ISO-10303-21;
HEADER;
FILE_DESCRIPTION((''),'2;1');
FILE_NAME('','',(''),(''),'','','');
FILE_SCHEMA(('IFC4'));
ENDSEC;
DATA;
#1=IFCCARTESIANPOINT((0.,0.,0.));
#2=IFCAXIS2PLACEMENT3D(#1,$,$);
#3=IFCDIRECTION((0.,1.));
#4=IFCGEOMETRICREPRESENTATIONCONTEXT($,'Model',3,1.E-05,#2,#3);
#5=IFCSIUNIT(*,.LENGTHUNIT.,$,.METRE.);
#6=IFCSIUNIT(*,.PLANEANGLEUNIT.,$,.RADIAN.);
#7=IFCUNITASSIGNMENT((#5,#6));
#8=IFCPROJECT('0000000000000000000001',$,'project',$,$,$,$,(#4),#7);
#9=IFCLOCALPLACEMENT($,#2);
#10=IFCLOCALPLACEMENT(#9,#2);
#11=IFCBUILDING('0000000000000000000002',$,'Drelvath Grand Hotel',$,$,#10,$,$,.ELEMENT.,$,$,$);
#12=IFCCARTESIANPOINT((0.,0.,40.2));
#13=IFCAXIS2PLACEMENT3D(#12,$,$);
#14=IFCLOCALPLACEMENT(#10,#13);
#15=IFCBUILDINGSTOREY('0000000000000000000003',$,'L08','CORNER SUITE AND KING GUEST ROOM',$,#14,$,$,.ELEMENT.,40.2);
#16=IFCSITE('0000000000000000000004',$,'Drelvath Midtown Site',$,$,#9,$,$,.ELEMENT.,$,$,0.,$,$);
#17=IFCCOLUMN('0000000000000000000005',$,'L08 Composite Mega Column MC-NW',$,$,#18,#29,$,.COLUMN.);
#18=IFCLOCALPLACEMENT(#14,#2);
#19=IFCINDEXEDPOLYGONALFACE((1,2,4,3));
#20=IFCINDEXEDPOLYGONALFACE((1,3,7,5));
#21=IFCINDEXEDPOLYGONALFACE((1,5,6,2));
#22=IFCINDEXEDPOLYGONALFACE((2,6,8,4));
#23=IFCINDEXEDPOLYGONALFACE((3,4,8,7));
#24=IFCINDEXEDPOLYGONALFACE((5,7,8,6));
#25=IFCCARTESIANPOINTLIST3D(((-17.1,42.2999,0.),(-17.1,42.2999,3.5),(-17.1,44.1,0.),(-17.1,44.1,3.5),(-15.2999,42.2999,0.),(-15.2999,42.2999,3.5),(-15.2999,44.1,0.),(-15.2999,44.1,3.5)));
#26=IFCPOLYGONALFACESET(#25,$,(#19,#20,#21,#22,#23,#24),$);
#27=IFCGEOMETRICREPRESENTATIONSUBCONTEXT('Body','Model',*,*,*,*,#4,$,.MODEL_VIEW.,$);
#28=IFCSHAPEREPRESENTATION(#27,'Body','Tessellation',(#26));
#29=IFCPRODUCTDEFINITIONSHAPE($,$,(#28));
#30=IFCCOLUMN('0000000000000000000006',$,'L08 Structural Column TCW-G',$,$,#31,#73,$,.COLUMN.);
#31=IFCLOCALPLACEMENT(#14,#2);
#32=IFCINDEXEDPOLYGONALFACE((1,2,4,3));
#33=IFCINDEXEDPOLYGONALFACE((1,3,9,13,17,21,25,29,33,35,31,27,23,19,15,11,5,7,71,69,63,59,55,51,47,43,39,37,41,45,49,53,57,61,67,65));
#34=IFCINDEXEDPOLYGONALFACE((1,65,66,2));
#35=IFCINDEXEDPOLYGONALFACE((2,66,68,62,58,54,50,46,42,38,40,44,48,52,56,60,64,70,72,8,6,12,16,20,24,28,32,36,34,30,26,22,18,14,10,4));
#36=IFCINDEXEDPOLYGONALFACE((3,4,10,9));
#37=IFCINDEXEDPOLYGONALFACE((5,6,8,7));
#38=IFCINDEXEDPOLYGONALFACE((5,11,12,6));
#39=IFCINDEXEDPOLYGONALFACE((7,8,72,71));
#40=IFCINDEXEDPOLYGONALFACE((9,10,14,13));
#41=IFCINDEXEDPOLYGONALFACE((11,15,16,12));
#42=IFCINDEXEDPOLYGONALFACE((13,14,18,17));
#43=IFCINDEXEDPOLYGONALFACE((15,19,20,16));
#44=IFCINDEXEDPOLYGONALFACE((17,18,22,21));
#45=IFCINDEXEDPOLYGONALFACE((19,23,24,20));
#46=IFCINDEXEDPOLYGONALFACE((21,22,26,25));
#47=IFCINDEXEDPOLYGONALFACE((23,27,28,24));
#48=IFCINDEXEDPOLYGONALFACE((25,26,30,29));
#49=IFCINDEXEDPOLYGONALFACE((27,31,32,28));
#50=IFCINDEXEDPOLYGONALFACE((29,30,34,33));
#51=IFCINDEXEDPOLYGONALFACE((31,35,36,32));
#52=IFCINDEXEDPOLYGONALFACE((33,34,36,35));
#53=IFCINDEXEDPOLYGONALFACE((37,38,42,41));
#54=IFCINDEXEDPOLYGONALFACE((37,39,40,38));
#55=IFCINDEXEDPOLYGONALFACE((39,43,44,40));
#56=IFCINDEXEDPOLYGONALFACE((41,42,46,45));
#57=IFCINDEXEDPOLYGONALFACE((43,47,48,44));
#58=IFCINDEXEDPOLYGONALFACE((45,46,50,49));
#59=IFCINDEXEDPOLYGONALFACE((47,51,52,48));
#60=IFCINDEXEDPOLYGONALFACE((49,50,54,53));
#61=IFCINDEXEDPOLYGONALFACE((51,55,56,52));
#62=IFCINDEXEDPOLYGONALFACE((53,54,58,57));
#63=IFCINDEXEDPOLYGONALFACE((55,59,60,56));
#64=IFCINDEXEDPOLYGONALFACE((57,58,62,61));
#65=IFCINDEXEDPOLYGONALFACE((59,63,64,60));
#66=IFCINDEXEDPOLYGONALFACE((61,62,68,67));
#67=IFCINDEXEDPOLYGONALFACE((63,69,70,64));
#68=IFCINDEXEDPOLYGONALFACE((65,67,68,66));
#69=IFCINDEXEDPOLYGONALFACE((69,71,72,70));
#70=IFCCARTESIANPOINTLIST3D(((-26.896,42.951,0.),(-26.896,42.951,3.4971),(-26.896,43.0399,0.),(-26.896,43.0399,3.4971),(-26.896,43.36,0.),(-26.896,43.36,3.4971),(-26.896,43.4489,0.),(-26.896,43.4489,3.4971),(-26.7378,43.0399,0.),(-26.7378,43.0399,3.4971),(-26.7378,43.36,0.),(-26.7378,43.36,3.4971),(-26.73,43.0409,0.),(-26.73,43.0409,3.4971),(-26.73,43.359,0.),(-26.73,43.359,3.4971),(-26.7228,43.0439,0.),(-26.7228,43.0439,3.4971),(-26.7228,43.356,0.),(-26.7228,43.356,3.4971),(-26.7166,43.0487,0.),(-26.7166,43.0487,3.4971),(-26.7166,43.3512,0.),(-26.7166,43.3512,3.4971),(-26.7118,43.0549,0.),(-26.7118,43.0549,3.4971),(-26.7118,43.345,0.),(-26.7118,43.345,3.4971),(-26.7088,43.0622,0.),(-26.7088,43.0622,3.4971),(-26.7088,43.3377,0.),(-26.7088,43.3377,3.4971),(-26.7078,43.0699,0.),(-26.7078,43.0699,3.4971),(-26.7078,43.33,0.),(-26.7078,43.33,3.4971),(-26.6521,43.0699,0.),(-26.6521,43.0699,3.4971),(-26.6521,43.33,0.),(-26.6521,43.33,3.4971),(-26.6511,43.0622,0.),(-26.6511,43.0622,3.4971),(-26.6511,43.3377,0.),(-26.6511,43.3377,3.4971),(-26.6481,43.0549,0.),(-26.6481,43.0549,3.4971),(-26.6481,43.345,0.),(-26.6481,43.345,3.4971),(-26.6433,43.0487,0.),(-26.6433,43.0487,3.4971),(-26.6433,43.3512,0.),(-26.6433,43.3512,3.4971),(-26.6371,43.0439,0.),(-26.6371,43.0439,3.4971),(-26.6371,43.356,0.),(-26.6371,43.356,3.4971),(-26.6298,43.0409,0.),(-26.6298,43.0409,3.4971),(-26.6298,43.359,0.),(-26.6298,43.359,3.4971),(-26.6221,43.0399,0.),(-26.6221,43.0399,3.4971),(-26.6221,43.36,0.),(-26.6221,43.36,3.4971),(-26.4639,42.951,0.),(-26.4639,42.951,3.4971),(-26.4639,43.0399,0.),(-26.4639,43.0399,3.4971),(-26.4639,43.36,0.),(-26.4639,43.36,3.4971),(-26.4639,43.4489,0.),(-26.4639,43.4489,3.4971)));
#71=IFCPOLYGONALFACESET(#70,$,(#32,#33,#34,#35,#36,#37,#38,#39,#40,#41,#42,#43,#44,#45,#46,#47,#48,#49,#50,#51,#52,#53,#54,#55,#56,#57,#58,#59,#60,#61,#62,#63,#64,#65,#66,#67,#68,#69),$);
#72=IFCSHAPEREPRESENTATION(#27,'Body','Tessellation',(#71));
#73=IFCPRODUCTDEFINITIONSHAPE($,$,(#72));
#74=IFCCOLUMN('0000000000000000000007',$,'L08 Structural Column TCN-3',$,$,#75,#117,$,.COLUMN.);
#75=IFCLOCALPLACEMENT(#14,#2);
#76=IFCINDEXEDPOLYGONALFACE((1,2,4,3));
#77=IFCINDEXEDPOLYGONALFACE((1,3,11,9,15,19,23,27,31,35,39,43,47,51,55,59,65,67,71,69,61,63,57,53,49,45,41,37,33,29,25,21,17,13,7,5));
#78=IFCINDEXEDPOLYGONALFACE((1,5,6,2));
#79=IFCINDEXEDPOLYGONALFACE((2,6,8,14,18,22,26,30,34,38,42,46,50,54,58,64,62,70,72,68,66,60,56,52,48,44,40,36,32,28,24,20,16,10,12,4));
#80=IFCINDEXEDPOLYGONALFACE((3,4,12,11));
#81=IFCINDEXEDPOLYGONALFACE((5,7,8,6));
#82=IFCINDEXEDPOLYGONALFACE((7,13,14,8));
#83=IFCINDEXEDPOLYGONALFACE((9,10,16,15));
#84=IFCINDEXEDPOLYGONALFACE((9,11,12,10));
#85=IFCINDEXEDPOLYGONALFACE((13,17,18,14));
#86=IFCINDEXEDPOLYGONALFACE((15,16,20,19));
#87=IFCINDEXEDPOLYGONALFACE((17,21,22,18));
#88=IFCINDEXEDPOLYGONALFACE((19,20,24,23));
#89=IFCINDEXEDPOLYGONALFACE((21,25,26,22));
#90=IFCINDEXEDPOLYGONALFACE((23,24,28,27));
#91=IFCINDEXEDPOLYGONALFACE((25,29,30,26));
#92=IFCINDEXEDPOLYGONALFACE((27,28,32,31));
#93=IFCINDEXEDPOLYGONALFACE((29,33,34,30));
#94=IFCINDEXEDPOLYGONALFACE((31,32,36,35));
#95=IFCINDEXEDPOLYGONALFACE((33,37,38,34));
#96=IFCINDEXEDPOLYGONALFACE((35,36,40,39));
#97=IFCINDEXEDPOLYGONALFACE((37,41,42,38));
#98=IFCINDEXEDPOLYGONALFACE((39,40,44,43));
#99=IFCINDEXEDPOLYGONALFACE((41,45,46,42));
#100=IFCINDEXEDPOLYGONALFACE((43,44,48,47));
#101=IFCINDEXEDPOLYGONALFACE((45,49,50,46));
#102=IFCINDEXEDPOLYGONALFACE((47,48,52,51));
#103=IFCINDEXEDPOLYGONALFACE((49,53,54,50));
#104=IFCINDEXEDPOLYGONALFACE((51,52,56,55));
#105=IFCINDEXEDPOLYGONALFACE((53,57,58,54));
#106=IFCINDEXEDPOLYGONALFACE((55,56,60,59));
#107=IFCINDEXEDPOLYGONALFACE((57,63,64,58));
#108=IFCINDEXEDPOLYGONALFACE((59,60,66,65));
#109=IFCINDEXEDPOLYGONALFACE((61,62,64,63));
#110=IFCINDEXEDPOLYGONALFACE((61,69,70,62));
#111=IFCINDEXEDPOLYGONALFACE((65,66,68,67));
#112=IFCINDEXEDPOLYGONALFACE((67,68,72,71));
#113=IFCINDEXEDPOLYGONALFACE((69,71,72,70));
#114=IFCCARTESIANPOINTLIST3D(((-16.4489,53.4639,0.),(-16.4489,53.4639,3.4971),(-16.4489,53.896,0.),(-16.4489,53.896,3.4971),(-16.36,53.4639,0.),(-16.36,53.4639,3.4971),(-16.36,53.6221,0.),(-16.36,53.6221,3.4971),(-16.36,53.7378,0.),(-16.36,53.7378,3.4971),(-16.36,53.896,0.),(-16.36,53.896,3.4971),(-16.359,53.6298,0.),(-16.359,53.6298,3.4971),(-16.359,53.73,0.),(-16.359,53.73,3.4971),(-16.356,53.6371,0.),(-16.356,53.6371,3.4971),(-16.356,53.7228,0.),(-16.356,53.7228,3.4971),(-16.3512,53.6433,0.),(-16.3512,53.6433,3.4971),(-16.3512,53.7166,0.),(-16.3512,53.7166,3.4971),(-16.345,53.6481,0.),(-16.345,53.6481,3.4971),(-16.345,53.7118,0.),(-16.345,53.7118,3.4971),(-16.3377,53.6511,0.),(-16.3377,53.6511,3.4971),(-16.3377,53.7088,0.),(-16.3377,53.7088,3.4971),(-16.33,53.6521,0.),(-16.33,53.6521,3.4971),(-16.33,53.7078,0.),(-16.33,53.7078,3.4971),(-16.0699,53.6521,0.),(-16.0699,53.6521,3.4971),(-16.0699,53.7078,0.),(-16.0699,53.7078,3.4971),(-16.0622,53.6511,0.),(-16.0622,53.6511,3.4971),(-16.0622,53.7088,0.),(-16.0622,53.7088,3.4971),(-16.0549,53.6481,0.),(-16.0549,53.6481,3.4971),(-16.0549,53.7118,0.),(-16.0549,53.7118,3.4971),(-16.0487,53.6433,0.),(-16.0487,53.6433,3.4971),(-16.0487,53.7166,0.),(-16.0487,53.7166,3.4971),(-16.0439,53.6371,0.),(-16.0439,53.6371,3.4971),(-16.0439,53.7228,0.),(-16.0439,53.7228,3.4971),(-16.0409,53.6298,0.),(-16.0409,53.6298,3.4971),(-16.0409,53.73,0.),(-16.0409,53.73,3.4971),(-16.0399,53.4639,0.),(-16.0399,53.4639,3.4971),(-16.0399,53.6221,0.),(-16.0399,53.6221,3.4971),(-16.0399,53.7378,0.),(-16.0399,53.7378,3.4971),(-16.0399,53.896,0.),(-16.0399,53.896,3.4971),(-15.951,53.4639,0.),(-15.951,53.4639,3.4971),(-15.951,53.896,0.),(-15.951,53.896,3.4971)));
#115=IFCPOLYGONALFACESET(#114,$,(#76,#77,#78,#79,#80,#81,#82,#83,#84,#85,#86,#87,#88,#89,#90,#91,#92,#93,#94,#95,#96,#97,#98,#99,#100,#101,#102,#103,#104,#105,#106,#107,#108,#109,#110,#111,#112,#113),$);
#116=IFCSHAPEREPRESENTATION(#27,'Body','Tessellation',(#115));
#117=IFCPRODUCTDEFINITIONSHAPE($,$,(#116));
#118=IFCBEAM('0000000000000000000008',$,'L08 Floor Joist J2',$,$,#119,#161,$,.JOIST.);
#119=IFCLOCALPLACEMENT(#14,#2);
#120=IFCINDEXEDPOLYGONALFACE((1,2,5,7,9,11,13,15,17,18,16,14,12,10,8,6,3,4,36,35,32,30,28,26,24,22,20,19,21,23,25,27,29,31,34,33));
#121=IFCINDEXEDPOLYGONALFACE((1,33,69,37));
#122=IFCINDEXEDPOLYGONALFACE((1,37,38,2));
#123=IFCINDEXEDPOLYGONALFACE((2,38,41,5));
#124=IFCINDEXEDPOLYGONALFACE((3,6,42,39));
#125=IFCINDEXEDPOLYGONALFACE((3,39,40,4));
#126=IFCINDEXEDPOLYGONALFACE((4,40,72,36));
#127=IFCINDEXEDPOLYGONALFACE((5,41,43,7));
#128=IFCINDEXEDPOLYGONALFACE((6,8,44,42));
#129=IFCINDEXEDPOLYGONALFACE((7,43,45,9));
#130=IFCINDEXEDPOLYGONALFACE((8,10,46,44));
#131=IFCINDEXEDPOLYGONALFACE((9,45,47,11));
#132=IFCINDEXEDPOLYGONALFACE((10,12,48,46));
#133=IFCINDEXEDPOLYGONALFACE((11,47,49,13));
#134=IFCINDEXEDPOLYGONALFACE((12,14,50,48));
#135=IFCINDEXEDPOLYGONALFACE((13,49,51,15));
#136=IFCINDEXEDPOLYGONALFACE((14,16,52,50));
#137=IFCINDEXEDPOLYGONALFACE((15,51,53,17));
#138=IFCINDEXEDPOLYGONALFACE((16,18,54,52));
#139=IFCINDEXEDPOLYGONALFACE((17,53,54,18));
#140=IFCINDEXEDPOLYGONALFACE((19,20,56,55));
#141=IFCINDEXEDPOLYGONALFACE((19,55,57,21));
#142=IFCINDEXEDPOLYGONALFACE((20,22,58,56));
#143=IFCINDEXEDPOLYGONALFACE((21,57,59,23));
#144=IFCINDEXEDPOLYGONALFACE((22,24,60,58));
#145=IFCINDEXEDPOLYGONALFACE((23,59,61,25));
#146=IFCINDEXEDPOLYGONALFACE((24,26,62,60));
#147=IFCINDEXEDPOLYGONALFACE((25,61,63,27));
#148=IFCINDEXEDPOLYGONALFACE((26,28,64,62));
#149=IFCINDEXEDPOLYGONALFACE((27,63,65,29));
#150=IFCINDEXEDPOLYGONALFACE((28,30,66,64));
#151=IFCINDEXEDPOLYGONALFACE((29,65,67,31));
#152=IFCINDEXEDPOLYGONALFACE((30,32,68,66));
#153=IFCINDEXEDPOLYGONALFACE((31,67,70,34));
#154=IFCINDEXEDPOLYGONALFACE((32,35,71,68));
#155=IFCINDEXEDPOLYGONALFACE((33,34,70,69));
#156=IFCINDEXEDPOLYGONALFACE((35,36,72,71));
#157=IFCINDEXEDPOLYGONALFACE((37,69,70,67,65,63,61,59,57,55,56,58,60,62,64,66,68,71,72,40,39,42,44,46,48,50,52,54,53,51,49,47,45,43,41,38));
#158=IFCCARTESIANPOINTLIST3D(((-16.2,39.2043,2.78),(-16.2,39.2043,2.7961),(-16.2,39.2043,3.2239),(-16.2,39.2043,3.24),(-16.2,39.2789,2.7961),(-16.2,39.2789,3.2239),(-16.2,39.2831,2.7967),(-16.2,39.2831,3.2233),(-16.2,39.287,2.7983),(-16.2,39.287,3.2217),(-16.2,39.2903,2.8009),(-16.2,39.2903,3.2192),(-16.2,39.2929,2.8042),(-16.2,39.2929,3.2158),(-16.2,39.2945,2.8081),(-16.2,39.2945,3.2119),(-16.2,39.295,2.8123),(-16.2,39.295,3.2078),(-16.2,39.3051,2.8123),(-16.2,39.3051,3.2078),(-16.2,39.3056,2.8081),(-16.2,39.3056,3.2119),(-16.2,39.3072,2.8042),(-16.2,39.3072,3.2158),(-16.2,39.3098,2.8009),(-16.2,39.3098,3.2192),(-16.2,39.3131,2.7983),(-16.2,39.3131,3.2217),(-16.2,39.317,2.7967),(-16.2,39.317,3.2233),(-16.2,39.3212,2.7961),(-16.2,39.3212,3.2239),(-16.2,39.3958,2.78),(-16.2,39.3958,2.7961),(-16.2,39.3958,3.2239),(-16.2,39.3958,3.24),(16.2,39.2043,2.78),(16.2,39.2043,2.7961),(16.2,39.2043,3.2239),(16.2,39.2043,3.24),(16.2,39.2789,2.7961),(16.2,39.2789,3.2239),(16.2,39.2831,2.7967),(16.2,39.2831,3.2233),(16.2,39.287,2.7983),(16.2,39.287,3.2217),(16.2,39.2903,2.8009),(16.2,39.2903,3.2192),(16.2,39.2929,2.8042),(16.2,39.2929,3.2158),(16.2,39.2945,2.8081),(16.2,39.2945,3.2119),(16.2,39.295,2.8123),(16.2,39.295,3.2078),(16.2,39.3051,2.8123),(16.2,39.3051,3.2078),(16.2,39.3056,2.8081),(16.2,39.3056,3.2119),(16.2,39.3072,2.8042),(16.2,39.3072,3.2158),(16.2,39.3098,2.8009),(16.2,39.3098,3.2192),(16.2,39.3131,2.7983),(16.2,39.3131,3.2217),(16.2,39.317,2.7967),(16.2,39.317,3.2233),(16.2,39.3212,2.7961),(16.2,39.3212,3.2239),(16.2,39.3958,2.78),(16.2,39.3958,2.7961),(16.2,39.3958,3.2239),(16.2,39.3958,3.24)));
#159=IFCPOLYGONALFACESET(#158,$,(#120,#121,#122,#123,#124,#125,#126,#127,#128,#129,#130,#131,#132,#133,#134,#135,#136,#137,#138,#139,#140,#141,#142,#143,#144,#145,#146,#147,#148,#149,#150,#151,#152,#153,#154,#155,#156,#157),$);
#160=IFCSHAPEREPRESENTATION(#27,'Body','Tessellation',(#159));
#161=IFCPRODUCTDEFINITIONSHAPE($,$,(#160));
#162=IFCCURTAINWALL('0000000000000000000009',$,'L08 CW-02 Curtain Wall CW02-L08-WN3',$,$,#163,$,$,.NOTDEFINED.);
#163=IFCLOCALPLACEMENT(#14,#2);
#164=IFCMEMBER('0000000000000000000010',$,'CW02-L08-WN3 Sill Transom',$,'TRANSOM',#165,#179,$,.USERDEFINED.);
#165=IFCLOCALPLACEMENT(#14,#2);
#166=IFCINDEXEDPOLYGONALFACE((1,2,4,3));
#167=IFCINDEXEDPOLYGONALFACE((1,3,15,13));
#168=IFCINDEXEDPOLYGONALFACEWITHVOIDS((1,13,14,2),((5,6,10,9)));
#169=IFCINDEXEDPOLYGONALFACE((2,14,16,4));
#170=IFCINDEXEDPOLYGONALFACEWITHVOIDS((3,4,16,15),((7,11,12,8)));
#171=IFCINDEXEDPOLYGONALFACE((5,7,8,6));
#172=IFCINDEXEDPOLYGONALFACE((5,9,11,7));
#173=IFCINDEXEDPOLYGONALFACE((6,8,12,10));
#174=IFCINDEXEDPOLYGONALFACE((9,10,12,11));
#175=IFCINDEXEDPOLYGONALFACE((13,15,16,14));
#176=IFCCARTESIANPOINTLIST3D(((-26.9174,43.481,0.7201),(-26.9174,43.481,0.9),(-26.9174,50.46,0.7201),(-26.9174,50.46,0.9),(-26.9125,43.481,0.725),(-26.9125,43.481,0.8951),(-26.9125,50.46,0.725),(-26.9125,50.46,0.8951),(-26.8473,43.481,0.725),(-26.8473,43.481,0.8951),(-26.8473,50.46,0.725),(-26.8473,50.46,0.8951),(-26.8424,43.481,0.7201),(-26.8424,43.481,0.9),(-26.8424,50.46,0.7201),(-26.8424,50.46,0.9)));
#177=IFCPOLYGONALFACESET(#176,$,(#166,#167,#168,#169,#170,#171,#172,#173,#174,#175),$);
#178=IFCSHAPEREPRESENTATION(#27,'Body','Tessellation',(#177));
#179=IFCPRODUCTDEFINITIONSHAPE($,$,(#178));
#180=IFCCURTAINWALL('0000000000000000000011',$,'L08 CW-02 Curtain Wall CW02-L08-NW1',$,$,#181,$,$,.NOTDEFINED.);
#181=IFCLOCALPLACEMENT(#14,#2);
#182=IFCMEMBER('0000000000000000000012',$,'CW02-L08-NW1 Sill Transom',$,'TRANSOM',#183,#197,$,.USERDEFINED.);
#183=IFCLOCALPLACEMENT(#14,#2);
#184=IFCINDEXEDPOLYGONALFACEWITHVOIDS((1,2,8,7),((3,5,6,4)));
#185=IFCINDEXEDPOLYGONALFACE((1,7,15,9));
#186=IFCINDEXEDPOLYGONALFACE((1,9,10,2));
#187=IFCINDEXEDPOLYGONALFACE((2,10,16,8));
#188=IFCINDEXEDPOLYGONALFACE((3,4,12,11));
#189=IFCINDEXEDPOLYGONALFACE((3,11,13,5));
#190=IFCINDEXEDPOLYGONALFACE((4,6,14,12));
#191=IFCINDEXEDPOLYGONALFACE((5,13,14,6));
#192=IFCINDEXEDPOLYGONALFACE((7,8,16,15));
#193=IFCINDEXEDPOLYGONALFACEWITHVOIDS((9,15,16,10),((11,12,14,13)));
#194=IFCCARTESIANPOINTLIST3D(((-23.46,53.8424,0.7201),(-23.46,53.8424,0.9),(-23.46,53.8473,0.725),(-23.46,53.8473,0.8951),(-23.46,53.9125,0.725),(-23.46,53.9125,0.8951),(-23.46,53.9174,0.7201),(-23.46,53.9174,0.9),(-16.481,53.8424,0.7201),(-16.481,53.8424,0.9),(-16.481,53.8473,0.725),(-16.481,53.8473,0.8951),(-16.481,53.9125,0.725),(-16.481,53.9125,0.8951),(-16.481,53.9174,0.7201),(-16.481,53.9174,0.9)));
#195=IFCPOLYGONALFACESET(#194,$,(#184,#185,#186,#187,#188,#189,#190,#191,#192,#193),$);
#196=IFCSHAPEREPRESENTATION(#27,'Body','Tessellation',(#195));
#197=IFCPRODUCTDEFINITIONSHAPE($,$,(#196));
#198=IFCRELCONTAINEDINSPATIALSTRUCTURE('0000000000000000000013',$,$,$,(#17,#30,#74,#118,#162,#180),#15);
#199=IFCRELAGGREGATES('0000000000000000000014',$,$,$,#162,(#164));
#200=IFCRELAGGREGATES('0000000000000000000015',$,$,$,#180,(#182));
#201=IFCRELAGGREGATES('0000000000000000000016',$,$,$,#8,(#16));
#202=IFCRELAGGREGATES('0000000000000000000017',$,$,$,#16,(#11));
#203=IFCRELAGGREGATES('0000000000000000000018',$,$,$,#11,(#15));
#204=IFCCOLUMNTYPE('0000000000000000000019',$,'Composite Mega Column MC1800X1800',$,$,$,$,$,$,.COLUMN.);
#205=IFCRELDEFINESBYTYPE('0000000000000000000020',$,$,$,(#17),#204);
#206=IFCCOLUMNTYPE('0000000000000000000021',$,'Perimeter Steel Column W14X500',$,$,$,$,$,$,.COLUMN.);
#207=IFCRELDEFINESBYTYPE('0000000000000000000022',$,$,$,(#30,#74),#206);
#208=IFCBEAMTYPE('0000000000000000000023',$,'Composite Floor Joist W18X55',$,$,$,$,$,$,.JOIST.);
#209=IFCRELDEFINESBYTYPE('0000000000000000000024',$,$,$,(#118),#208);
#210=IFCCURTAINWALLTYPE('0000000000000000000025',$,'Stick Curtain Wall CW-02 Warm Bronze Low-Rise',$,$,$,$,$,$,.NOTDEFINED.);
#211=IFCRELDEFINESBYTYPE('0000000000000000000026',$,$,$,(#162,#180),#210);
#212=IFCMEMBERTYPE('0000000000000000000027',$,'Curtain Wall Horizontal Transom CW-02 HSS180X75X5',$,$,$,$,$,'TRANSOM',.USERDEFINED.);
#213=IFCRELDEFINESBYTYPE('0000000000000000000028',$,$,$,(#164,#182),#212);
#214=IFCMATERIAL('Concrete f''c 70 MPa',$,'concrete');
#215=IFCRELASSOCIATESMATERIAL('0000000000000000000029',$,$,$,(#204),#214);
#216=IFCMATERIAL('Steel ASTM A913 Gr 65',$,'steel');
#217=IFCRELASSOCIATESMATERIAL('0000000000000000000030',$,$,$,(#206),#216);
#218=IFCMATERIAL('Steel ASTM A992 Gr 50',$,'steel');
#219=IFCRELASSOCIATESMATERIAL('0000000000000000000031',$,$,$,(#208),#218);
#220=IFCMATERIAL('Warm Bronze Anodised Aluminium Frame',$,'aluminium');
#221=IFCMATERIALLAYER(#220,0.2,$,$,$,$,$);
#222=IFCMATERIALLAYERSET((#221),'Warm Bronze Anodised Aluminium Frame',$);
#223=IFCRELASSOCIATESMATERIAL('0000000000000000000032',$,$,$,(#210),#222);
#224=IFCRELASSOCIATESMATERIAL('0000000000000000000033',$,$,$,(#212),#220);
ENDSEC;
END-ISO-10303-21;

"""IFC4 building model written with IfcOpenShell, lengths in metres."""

from ifc_helpers import new_model, si_unit, direction, frame, origin, origin_2d, place, context, subcontext, project, spatial, rectangle, hollow_rectangle, i_section, extrude, material, layer, layer_set, material_profile, profile_set, type_object, element, aggregate, save


model = new_model("IFC4")

# Units and contexts
model_context = context("Model", 3, precision=1e-05, world=origin(), true_north=direction((0.0, 1.0)))
body_context = subcontext(model_context, "Body", "Model", "MODEL_VIEW")
ifc_project = project(units=[si_unit("LENGTHUNIT", "METRE"), si_unit("PLANEANGLEUNIT", "RADIAN")], contexts=[model_context])

# Site, building, storey
site_placement = place(None, origin())
site = spatial("IfcSite", under=ifc_project, at=site_placement, Name="Drelvath Midtown Site", CompositionType="ELEMENT", RefElevation=0.0)
building_placement = place(site_placement, origin())
building = spatial("IfcBuilding", under=site, at=building_placement, Name="Drelvath Grand Hotel", CompositionType="ELEMENT")
storey_placement = place(building_placement, frame((0.0, 0.0, 40.2)))
storey = spatial("IfcBuildingStorey", under=building, at=storey_placement, Name="L08", Description="CORNER SUITE AND KING GUEST ROOM", CompositionType="ELEMENT", Elevation=40.2)

# Columns
ifc_material_1 = material(Name="Concrete f'c 70 MPa", Category="concrete")
ifc_material_profile_1 = material_profile(ifc_material_1, rectangle(XDim=1.8, YDim=1.8, at=origin_2d()), Name="MC1800X1800")
ifc_profile_set_1 = profile_set([ifc_material_profile_1], Name="Concrete f'c 70 MPa")
column_type_1 = type_object("IfcColumnType", Name="Composite Mega Column MC1800X1800", PredefinedType="COLUMN", material=ifc_profile_set_1)
column_placement = place(storey_placement, frame((-16.2, 43.2, 0.0), z_axis=(0.0, 0.0, 1.0), x_axis=(1.0, 0.0, 0.0)))
element("IfcColumn", 1, at=column_placement, inside=storey, type_object=column_type_1, Name="L08 Composite Mega Column MC-NW", PredefinedType="COLUMN", context=body_context, shape_type="SweptSolid", body=[
    extrude(rectangle(XDim=1.8, YDim=1.8, at=origin_2d()), origin(), (0.0, 0.0, 1.0), 3.5),
])
ifc_material_2 = material(Name="Steel ASTM A913 Gr 65", Category="steel")
ifc_material_profile_2 = material_profile(ifc_material_2, i_section(OverallWidth=0.4321, OverallDepth=0.4978, WebThickness=0.0557, FlangeThickness=0.0889, FilletRadius=0.03, at=origin_2d()), Name="W14X500")
ifc_profile_set_2 = profile_set([ifc_material_profile_2], Name="Steel ASTM A913 Gr 65")
column_type_2 = type_object("IfcColumnType", Name="Perimeter Steel Column W14X500", PredefinedType="COLUMN", material=ifc_profile_set_2)
for number, where, z_axis, x_axis, name in (
    (2, (-26.6799, 43.2, 0.0), (0.0, 0.0, 1.0), (1.0, 0.0, 0.0), "L08 Structural Column TCW-G"),
    (3, (-16.2, 53.6799, 0.0), (0.0, 0.0, 1.0), (0.0, 1.0, 0.0), "L08 Structural Column TCN-3"),
):
    element("IfcColumn", number, at=place(storey_placement, frame(where, z_axis=z_axis, x_axis=x_axis)), inside=storey, type_object=column_type_2, Name=name, PredefinedType="COLUMN", context=body_context, shape_type="SweptSolid", body=[
        extrude(i_section(OverallWidth=0.4321, OverallDepth=0.4978, WebThickness=0.0557, FlangeThickness=0.0889, FilletRadius=0.03, at=origin_2d()), origin(), (0.0, 0.0, 1.0), 3.4971),
    ])

# Beam
ifc_material_3 = material(Name="Steel ASTM A992 Gr 50", Category="steel")
ifc_material_profile_3 = material_profile(ifc_material_3, i_section(OverallWidth=0.1914, OverallDepth=0.46, WebThickness=0.01, FlangeThickness=0.0161, FilletRadius=0.0161, at=origin_2d()), Name="W18X55")
ifc_profile_set_3 = profile_set([ifc_material_profile_3], Name="Steel ASTM A992 Gr 50")
beam_type_1 = type_object("IfcBeamType", Name="Composite Floor Joist W18X55", PredefinedType="JOIST", material=ifc_profile_set_3)
beam_1_placement = place(storey_placement, frame((-16.2, 39.3, 3.01), z_axis=(1.0, 0.0, 0.0), x_axis=(0.0, 1.0, 0.0)))
element("IfcBeam", 4, at=beam_1_placement, inside=storey, type_object=beam_type_1, Name="L08 Floor Joist J2", PredefinedType="JOIST", context=body_context, shape_type="SweptSolid", body=[
    extrude(i_section(OverallWidth=0.1914, OverallDepth=0.46, WebThickness=0.01, FlangeThickness=0.0161, FilletRadius=0.0161, at=origin_2d()), origin(), (0.0, 0.0, 1.0), 32.3999),
])

# Curtain walls, members
ifc_material_4 = material(Name="Warm Bronze Anodised Aluminium Frame", Category="aluminium")
ifc_layer_1 = layer(ifc_material_4, 0.2)
ifc_layer_set_1 = layer_set([ifc_layer_1], Name="Warm Bronze Anodised Aluminium Frame")
curtain_wall_type = type_object("IfcCurtainWallType", Name="Stick Curtain Wall CW-02 Warm Bronze Low-Rise", PredefinedType="NOTDEFINED", material=ifc_layer_set_1)
curtain_wall_1_placement = place(storey_placement, origin())
curtain_wall_1 = element("IfcCurtainWall", 5, at=curtain_wall_1_placement, inside=storey, type_object=curtain_wall_type, Name="L08 CW-02 Curtain Wall CW02-L08-WN3", PredefinedType="NOTDEFINED")
ifc_material_profile_4 = material_profile(ifc_material_4, hollow_rectangle(XDim=0.075, YDim=0.1799, WallThickness=0.0049, at=origin_2d()), Name="HSS180X75X5")
ifc_profile_set_4 = profile_set([ifc_material_profile_4], Name="Warm Bronze Anodised Aluminium Frame")
member_type_1 = type_object("IfcMemberType", Name="Curtain Wall Horizontal Transom CW-02 HSS180X75X5", ElementType="TRANSOM", PredefinedType="USERDEFINED", material=ifc_profile_set_4)
member_1_placement = place(storey_placement, frame((-26.8799, 43.481, 0.8101), z_axis=(0.0, 1.0, 0.0), x_axis=(-1.0, 0.0, 0.0)))
member_1 = element("IfcMember", 6, at=member_1_placement, type_object=member_type_1, Name="CW02-L08-WN3 Sill Transom", ObjectType="TRANSOM", PredefinedType="USERDEFINED", context=body_context, shape_type="SweptSolid", body=[
    extrude(hollow_rectangle(XDim=0.075, YDim=0.1799, WallThickness=0.0049, at=origin_2d()), origin(), (0.0, 0.0, 1.0), 6.979),
])
curtain_wall_2_placement = place(storey_placement, origin())
curtain_wall_2 = element("IfcCurtainWall", 7, at=curtain_wall_2_placement, inside=storey, type_object=curtain_wall_type, Name="L08 CW-02 Curtain Wall CW02-L08-NW1", PredefinedType="NOTDEFINED")
member_2_placement = place(storey_placement, frame((-23.46, 53.8799, 0.8101), z_axis=(1.0, 0.0, 0.0), x_axis=(0.0, 1.0, 0.0)))
member_2 = element("IfcMember", 8, at=member_2_placement, type_object=member_type_1, Name="CW02-L08-NW1 Sill Transom", ObjectType="TRANSOM", PredefinedType="USERDEFINED", context=body_context, shape_type="SweptSolid", body=[
    extrude(hollow_rectangle(XDim=0.075, YDim=0.1799, WallThickness=0.0049, at=origin_2d()), origin(), (0.0, 0.0, 1.0), 6.979),
])

aggregate(curtain_wall_1, [member_1])
aggregate(curtain_wall_2, [member_2])

save(model, "model.ifc")
